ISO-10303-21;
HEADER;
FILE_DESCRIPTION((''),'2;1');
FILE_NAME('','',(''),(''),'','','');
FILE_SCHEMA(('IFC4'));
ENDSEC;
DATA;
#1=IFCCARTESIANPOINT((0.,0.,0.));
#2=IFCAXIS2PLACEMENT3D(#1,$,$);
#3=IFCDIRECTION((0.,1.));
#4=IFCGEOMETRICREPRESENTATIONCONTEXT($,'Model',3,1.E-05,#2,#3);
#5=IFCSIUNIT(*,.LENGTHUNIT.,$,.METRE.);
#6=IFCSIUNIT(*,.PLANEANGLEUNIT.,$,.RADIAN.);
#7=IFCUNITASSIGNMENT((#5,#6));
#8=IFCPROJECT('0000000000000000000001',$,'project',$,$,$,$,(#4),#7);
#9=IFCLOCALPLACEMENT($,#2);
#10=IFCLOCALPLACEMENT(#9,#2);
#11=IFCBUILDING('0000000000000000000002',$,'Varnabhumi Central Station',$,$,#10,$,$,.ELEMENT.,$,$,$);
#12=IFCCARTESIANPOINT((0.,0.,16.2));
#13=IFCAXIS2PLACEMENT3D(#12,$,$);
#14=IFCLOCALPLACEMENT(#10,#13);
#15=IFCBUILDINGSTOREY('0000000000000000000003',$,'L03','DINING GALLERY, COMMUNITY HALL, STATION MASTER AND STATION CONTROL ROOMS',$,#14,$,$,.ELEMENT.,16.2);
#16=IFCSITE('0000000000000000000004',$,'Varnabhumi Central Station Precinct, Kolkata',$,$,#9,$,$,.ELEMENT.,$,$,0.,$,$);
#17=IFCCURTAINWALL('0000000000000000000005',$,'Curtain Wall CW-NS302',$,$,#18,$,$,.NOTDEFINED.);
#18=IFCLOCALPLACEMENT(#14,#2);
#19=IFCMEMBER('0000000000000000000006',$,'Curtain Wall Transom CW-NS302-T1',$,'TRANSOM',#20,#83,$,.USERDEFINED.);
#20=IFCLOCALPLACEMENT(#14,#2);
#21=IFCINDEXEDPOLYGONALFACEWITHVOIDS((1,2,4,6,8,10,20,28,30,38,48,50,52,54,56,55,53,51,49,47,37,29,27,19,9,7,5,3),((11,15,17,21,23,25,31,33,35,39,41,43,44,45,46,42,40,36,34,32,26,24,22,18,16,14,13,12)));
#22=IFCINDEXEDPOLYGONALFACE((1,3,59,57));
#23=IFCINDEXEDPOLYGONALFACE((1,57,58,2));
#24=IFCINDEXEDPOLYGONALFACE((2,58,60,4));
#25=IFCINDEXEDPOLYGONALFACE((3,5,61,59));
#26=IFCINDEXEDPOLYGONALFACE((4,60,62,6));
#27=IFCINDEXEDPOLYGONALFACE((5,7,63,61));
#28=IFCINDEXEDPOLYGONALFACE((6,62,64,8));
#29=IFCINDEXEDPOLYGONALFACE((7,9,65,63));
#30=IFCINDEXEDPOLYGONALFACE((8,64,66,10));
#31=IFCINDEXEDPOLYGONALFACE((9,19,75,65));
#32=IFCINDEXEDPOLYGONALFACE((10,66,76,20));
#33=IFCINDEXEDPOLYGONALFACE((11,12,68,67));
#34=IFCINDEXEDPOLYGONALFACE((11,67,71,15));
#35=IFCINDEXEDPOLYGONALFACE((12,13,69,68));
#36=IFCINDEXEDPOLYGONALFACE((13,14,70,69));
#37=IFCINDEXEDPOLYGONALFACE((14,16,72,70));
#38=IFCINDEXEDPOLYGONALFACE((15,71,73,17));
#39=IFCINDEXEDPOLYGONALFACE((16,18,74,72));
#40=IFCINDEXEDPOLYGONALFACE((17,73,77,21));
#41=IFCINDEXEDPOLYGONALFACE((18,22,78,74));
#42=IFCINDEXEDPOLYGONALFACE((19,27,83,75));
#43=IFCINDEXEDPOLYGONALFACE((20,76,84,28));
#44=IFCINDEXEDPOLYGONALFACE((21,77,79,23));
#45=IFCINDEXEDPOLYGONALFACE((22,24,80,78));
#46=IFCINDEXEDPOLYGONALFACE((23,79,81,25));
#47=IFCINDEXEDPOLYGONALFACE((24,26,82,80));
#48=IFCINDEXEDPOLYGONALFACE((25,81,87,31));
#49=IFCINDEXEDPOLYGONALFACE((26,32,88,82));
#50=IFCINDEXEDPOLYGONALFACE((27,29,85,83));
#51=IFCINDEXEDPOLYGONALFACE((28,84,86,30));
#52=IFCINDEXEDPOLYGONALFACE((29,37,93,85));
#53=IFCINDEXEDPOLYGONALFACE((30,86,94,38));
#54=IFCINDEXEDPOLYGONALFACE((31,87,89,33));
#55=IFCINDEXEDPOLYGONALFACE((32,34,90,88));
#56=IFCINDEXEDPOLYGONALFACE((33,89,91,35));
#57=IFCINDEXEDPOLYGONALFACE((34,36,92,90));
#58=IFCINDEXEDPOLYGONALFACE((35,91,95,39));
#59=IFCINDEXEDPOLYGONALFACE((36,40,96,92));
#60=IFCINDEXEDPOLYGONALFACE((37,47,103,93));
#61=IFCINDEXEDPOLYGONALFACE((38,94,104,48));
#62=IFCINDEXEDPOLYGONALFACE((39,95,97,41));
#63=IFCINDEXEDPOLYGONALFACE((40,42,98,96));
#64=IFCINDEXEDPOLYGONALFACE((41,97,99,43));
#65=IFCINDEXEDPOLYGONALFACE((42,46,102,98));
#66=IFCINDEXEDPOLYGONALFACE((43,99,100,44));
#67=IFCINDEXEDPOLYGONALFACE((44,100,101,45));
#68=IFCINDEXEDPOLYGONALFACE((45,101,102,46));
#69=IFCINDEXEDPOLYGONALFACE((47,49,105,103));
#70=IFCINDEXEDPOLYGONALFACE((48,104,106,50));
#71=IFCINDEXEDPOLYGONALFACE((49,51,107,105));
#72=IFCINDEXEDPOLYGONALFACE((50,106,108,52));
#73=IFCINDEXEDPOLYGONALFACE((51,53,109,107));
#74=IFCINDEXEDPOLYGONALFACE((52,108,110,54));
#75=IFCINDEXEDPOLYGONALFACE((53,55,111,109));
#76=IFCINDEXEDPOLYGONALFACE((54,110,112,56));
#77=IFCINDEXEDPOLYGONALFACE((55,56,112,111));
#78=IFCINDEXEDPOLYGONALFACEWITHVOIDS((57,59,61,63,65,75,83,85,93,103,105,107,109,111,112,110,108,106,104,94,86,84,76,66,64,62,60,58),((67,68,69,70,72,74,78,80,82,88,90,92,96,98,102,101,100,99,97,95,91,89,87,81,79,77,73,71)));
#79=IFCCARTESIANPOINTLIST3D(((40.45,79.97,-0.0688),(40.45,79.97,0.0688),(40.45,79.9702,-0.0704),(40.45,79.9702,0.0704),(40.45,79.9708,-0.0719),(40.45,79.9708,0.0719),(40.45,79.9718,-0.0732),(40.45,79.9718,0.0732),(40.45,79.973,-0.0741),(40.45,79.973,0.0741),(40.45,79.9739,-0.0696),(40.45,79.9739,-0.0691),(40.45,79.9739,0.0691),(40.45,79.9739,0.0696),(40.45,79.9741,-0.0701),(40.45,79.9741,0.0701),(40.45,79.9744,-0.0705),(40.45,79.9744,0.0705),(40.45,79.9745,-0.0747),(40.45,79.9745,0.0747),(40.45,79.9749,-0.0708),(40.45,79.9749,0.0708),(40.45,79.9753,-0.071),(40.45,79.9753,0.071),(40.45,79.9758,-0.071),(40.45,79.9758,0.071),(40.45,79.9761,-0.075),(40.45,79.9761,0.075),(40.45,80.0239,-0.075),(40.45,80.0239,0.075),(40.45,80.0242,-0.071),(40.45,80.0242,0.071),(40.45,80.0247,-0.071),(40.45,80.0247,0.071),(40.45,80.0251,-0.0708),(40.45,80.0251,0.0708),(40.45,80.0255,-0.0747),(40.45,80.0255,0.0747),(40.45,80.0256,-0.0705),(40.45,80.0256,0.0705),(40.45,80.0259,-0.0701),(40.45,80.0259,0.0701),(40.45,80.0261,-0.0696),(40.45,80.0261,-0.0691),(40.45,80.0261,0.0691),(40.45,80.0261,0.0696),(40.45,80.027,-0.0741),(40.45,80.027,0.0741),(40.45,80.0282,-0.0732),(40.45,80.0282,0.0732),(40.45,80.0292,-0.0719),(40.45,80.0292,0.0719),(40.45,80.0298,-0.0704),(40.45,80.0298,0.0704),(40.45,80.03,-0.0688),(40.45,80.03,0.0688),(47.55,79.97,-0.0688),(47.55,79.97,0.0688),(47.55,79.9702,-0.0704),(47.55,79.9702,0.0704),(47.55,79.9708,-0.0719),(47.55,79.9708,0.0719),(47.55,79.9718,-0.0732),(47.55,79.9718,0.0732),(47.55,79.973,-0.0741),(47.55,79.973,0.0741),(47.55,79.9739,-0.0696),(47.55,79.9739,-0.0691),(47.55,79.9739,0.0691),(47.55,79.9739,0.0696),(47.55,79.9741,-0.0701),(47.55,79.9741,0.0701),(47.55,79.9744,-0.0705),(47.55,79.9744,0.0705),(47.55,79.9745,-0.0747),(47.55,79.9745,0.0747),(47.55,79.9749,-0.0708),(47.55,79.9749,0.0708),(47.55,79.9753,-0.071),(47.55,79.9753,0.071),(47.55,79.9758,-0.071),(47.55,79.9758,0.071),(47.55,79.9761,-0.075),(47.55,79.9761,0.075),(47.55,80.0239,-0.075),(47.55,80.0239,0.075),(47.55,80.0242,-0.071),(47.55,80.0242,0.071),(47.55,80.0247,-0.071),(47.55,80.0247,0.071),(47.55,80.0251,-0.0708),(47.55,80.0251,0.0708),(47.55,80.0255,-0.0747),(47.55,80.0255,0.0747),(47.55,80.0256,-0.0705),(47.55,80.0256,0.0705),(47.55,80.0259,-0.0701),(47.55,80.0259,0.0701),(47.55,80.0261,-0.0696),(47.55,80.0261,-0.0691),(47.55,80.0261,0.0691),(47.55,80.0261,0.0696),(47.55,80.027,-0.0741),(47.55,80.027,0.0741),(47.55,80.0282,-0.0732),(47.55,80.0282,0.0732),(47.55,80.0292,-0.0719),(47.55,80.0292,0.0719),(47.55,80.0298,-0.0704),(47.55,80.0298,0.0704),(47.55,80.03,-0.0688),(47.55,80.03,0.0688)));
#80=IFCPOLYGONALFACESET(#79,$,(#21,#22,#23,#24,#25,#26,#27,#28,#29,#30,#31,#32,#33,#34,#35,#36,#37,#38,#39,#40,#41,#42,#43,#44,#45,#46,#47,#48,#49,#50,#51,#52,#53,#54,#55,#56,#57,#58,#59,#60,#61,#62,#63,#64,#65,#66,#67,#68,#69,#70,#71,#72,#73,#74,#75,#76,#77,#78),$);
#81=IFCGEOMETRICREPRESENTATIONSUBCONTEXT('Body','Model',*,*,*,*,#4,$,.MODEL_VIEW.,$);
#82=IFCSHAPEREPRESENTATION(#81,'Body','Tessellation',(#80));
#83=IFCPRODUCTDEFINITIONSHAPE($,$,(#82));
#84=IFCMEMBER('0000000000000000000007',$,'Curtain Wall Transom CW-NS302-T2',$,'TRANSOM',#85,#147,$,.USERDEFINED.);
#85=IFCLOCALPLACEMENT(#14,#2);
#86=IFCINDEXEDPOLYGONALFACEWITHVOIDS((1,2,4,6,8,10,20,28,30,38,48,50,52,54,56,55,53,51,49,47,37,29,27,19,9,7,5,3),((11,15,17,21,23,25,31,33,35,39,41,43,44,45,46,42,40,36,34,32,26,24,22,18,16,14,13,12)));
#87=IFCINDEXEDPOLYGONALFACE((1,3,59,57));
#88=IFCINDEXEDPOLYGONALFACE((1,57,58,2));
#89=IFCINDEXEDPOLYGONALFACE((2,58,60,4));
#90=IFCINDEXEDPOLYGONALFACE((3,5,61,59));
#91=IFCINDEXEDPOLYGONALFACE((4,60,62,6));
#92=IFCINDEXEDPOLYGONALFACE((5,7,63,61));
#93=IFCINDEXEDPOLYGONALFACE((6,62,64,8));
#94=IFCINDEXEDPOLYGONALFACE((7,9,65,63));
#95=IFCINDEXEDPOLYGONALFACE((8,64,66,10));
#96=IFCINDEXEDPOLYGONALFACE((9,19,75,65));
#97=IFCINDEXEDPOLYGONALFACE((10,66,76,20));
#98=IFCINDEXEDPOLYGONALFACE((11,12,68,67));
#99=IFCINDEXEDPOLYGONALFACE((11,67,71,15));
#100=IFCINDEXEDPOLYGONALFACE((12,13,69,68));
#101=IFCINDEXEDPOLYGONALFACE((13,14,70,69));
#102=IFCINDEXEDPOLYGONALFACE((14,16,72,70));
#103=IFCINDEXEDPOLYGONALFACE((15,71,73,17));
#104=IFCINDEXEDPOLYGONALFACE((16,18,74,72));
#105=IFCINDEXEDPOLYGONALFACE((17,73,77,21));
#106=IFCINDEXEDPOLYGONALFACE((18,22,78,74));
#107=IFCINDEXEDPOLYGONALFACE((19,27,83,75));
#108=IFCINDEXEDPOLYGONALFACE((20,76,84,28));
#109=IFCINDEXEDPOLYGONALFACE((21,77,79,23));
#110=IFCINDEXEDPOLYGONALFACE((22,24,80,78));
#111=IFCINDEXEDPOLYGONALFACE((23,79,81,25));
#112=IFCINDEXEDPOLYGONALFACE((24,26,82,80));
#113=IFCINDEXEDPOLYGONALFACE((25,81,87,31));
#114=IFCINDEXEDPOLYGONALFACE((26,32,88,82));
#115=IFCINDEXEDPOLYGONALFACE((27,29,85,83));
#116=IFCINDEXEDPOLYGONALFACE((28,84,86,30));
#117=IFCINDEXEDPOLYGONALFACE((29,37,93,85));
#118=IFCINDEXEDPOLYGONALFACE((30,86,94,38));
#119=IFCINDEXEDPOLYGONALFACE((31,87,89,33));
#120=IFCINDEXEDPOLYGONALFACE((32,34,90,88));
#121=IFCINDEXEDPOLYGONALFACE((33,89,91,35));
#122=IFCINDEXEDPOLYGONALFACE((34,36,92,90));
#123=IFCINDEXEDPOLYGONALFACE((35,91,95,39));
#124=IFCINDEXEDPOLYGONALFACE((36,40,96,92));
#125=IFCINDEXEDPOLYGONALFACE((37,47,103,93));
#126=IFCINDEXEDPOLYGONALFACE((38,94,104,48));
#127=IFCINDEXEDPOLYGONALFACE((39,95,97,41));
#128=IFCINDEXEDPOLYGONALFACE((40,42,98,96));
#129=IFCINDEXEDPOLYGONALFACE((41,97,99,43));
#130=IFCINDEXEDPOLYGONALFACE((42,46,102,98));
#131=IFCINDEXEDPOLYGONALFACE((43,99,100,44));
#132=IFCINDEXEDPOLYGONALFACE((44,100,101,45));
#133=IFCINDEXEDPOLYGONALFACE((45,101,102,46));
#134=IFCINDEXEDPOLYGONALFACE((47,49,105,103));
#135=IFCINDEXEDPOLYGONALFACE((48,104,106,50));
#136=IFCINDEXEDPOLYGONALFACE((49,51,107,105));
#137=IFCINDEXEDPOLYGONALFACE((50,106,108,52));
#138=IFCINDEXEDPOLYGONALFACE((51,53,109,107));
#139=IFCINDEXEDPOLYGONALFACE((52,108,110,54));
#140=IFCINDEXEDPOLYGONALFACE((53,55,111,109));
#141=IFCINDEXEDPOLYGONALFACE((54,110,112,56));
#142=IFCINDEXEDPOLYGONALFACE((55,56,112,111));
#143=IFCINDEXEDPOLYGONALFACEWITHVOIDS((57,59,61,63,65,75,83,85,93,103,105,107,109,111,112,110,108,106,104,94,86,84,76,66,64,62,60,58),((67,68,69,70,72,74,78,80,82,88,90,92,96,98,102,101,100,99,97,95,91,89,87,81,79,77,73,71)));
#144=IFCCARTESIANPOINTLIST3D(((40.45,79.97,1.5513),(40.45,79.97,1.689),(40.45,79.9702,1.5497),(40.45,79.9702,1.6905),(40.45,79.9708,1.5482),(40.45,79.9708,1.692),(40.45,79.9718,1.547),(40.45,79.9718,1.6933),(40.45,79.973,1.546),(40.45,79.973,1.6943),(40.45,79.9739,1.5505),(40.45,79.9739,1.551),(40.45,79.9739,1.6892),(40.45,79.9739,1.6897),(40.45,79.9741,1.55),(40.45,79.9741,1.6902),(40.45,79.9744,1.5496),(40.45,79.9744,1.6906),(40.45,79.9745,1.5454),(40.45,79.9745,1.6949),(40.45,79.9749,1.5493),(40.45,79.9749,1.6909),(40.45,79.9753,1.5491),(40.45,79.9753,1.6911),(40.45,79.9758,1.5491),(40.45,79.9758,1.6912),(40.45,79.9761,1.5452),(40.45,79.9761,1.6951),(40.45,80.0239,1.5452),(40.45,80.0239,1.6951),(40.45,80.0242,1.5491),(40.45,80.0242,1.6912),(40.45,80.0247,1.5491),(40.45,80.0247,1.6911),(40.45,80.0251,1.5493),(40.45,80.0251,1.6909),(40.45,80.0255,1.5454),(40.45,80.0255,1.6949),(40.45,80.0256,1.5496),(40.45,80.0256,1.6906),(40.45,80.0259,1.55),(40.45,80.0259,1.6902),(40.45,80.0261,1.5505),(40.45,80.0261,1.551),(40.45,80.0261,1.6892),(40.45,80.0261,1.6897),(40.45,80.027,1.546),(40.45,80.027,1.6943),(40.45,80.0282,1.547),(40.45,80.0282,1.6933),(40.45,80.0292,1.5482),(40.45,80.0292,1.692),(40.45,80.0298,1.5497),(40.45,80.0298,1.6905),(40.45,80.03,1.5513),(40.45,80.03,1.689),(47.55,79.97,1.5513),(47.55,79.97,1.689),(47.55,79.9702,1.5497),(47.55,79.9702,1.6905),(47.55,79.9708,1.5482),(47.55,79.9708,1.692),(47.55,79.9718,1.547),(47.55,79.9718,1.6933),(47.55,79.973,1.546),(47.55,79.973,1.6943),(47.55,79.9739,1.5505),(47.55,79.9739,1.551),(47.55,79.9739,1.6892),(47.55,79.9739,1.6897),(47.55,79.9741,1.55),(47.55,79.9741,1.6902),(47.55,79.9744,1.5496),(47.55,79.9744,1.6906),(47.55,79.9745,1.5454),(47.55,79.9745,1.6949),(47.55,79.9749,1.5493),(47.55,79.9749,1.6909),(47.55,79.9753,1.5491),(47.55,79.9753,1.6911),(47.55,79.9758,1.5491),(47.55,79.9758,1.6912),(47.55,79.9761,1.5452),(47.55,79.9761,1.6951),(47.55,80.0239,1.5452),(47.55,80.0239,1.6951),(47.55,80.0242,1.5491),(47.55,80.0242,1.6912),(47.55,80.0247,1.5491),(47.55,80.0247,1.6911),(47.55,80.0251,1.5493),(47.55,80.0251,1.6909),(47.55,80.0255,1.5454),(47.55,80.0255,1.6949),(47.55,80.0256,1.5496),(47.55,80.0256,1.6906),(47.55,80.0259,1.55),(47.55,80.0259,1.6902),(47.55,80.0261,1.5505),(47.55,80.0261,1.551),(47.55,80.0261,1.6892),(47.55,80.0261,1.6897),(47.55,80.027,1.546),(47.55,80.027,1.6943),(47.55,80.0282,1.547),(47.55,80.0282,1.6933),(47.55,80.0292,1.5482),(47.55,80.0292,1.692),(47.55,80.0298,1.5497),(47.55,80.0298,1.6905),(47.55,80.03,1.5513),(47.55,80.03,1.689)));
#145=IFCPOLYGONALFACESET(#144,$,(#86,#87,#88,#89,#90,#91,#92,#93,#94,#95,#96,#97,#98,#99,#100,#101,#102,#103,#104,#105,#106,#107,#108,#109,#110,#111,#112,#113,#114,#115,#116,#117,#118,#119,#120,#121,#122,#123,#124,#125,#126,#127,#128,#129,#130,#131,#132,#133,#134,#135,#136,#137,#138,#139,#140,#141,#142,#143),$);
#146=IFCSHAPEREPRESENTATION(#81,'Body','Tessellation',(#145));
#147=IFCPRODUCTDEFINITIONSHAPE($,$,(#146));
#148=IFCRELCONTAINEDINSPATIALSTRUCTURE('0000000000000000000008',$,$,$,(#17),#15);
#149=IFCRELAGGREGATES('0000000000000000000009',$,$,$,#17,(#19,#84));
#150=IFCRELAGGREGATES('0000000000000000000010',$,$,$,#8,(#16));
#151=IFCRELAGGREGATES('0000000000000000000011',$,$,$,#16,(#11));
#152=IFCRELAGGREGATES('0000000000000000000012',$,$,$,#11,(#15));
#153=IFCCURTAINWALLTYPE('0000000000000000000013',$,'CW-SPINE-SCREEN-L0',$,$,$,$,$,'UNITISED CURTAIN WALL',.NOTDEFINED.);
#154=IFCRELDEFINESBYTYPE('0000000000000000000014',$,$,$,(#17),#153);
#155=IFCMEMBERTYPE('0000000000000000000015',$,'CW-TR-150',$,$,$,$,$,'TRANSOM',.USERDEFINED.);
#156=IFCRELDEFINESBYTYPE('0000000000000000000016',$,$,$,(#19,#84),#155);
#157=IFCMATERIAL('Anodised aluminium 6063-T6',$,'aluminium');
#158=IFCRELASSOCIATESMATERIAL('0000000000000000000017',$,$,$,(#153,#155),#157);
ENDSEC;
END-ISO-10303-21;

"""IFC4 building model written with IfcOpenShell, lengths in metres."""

from ifc_helpers import new_model, si_unit, direction, frame, origin, origin_2d, place, context, subcontext, project, spatial, hollow_rectangle, extrude, material, material_profile, profile_set, type_object, element, aggregate, save


model = new_model("IFC4")

# Units and contexts
model_context = context("Model", 3, precision=1e-05, world=origin(), true_north=direction((0.0, 1.0)))
body_context = subcontext(model_context, "Body", "Model", "MODEL_VIEW")
ifc_project = project(units=[si_unit("LENGTHUNIT", "METRE"), si_unit("PLANEANGLEUNIT", "RADIAN")], contexts=[model_context])

# Site, building, storey
site_placement = place(None, origin())
site = spatial("IfcSite", under=ifc_project, at=site_placement, Name="Varnabhumi Central Station Precinct, Kolkata", CompositionType="ELEMENT", RefElevation=0.0)
building_placement = place(site_placement, origin())
building = spatial("IfcBuilding", under=site, at=building_placement, Name="Varnabhumi Central Station", CompositionType="ELEMENT")
storey_placement = place(building_placement, frame((0.0, 0.0, 16.2)))
storey = spatial("IfcBuildingStorey", under=building, at=storey_placement, Name="L03", Description="DINING GALLERY, COMMUNITY HALL, STATION MASTER AND STATION CONTROL ROOMS", CompositionType="ELEMENT", Elevation=16.2)

# Curtain wall, members
ifc_material_1 = material(Name="Anodised aluminium 6063-T6", Category="aluminium")
curtain_wall_type = type_object("IfcCurtainWallType", Name="CW-SPINE-SCREEN-L0", ElementType="UNITISED CURTAIN WALL", PredefinedType="NOTDEFINED", material=ifc_material_1)
curtain_wall_placement = place(storey_placement, origin())
curtain_wall = element("IfcCurtainWall", 1, at=curtain_wall_placement, inside=storey, type_object=curtain_wall_type, Name="Curtain Wall CW-NS302", PredefinedType="NOTDEFINED")
ifc_material_profile_1 = material_profile(ifc_material_1, hollow_rectangle(XDim=0.0601, YDim=0.1499, WallThickness=0.0039, InnerFilletRadius=0.002, OuterFilletRadius=0.0061, at=origin_2d()), Name="Anodised aluminium 6063-T6", Category="aluminium")
ifc_profile_set_1 = profile_set([ifc_material_profile_1], Name="Anodised aluminium 6063-T6")
member_type_1 = type_object("IfcMemberType", Name="CW-TR-150", ElementType="TRANSOM", PredefinedType="USERDEFINED", material=ifc_profile_set_1)
member_1_placement = place(storey_placement, frame((40.45, 80.0, 0.0), z_axis=(1.0, 0.0, 0.0), x_axis=(0.0, 1.0, 0.0)))
member_1 = element("IfcMember", 2, at=member_1_placement, type_object=member_type_1, Name="Curtain Wall Transom CW-NS302-T1", ObjectType="TRANSOM", PredefinedType="USERDEFINED", context=body_context, shape_type="SweptSolid", body=[
    extrude(hollow_rectangle(XDim=0.0601, YDim=0.1499, WallThickness=0.0039, InnerFilletRadius=0.002, OuterFilletRadius=0.0061, at=origin_2d()), origin(), (0.0, 0.0, 1.0), 7.1001),
])
member_2_placement = place(storey_placement, frame((40.45, 80.0, 1.6201), z_axis=(1.0, 0.0, 0.0), x_axis=(0.0, 1.0, 0.0)))
member_2 = element("IfcMember", 3, at=member_2_placement, type_object=member_type_1, Name="Curtain Wall Transom CW-NS302-T2", ObjectType="TRANSOM", PredefinedType="USERDEFINED", context=body_context, shape_type="SweptSolid", body=[
    extrude(hollow_rectangle(XDim=0.0601, YDim=0.1499, WallThickness=0.0039, InnerFilletRadius=0.002, OuterFilletRadius=0.0061, at=origin_2d()), origin(), (0.0, 0.0, 1.0), 7.1001),
])
aggregate(curtain_wall, [member_1, member_2])

save(model, "model.ifc")
